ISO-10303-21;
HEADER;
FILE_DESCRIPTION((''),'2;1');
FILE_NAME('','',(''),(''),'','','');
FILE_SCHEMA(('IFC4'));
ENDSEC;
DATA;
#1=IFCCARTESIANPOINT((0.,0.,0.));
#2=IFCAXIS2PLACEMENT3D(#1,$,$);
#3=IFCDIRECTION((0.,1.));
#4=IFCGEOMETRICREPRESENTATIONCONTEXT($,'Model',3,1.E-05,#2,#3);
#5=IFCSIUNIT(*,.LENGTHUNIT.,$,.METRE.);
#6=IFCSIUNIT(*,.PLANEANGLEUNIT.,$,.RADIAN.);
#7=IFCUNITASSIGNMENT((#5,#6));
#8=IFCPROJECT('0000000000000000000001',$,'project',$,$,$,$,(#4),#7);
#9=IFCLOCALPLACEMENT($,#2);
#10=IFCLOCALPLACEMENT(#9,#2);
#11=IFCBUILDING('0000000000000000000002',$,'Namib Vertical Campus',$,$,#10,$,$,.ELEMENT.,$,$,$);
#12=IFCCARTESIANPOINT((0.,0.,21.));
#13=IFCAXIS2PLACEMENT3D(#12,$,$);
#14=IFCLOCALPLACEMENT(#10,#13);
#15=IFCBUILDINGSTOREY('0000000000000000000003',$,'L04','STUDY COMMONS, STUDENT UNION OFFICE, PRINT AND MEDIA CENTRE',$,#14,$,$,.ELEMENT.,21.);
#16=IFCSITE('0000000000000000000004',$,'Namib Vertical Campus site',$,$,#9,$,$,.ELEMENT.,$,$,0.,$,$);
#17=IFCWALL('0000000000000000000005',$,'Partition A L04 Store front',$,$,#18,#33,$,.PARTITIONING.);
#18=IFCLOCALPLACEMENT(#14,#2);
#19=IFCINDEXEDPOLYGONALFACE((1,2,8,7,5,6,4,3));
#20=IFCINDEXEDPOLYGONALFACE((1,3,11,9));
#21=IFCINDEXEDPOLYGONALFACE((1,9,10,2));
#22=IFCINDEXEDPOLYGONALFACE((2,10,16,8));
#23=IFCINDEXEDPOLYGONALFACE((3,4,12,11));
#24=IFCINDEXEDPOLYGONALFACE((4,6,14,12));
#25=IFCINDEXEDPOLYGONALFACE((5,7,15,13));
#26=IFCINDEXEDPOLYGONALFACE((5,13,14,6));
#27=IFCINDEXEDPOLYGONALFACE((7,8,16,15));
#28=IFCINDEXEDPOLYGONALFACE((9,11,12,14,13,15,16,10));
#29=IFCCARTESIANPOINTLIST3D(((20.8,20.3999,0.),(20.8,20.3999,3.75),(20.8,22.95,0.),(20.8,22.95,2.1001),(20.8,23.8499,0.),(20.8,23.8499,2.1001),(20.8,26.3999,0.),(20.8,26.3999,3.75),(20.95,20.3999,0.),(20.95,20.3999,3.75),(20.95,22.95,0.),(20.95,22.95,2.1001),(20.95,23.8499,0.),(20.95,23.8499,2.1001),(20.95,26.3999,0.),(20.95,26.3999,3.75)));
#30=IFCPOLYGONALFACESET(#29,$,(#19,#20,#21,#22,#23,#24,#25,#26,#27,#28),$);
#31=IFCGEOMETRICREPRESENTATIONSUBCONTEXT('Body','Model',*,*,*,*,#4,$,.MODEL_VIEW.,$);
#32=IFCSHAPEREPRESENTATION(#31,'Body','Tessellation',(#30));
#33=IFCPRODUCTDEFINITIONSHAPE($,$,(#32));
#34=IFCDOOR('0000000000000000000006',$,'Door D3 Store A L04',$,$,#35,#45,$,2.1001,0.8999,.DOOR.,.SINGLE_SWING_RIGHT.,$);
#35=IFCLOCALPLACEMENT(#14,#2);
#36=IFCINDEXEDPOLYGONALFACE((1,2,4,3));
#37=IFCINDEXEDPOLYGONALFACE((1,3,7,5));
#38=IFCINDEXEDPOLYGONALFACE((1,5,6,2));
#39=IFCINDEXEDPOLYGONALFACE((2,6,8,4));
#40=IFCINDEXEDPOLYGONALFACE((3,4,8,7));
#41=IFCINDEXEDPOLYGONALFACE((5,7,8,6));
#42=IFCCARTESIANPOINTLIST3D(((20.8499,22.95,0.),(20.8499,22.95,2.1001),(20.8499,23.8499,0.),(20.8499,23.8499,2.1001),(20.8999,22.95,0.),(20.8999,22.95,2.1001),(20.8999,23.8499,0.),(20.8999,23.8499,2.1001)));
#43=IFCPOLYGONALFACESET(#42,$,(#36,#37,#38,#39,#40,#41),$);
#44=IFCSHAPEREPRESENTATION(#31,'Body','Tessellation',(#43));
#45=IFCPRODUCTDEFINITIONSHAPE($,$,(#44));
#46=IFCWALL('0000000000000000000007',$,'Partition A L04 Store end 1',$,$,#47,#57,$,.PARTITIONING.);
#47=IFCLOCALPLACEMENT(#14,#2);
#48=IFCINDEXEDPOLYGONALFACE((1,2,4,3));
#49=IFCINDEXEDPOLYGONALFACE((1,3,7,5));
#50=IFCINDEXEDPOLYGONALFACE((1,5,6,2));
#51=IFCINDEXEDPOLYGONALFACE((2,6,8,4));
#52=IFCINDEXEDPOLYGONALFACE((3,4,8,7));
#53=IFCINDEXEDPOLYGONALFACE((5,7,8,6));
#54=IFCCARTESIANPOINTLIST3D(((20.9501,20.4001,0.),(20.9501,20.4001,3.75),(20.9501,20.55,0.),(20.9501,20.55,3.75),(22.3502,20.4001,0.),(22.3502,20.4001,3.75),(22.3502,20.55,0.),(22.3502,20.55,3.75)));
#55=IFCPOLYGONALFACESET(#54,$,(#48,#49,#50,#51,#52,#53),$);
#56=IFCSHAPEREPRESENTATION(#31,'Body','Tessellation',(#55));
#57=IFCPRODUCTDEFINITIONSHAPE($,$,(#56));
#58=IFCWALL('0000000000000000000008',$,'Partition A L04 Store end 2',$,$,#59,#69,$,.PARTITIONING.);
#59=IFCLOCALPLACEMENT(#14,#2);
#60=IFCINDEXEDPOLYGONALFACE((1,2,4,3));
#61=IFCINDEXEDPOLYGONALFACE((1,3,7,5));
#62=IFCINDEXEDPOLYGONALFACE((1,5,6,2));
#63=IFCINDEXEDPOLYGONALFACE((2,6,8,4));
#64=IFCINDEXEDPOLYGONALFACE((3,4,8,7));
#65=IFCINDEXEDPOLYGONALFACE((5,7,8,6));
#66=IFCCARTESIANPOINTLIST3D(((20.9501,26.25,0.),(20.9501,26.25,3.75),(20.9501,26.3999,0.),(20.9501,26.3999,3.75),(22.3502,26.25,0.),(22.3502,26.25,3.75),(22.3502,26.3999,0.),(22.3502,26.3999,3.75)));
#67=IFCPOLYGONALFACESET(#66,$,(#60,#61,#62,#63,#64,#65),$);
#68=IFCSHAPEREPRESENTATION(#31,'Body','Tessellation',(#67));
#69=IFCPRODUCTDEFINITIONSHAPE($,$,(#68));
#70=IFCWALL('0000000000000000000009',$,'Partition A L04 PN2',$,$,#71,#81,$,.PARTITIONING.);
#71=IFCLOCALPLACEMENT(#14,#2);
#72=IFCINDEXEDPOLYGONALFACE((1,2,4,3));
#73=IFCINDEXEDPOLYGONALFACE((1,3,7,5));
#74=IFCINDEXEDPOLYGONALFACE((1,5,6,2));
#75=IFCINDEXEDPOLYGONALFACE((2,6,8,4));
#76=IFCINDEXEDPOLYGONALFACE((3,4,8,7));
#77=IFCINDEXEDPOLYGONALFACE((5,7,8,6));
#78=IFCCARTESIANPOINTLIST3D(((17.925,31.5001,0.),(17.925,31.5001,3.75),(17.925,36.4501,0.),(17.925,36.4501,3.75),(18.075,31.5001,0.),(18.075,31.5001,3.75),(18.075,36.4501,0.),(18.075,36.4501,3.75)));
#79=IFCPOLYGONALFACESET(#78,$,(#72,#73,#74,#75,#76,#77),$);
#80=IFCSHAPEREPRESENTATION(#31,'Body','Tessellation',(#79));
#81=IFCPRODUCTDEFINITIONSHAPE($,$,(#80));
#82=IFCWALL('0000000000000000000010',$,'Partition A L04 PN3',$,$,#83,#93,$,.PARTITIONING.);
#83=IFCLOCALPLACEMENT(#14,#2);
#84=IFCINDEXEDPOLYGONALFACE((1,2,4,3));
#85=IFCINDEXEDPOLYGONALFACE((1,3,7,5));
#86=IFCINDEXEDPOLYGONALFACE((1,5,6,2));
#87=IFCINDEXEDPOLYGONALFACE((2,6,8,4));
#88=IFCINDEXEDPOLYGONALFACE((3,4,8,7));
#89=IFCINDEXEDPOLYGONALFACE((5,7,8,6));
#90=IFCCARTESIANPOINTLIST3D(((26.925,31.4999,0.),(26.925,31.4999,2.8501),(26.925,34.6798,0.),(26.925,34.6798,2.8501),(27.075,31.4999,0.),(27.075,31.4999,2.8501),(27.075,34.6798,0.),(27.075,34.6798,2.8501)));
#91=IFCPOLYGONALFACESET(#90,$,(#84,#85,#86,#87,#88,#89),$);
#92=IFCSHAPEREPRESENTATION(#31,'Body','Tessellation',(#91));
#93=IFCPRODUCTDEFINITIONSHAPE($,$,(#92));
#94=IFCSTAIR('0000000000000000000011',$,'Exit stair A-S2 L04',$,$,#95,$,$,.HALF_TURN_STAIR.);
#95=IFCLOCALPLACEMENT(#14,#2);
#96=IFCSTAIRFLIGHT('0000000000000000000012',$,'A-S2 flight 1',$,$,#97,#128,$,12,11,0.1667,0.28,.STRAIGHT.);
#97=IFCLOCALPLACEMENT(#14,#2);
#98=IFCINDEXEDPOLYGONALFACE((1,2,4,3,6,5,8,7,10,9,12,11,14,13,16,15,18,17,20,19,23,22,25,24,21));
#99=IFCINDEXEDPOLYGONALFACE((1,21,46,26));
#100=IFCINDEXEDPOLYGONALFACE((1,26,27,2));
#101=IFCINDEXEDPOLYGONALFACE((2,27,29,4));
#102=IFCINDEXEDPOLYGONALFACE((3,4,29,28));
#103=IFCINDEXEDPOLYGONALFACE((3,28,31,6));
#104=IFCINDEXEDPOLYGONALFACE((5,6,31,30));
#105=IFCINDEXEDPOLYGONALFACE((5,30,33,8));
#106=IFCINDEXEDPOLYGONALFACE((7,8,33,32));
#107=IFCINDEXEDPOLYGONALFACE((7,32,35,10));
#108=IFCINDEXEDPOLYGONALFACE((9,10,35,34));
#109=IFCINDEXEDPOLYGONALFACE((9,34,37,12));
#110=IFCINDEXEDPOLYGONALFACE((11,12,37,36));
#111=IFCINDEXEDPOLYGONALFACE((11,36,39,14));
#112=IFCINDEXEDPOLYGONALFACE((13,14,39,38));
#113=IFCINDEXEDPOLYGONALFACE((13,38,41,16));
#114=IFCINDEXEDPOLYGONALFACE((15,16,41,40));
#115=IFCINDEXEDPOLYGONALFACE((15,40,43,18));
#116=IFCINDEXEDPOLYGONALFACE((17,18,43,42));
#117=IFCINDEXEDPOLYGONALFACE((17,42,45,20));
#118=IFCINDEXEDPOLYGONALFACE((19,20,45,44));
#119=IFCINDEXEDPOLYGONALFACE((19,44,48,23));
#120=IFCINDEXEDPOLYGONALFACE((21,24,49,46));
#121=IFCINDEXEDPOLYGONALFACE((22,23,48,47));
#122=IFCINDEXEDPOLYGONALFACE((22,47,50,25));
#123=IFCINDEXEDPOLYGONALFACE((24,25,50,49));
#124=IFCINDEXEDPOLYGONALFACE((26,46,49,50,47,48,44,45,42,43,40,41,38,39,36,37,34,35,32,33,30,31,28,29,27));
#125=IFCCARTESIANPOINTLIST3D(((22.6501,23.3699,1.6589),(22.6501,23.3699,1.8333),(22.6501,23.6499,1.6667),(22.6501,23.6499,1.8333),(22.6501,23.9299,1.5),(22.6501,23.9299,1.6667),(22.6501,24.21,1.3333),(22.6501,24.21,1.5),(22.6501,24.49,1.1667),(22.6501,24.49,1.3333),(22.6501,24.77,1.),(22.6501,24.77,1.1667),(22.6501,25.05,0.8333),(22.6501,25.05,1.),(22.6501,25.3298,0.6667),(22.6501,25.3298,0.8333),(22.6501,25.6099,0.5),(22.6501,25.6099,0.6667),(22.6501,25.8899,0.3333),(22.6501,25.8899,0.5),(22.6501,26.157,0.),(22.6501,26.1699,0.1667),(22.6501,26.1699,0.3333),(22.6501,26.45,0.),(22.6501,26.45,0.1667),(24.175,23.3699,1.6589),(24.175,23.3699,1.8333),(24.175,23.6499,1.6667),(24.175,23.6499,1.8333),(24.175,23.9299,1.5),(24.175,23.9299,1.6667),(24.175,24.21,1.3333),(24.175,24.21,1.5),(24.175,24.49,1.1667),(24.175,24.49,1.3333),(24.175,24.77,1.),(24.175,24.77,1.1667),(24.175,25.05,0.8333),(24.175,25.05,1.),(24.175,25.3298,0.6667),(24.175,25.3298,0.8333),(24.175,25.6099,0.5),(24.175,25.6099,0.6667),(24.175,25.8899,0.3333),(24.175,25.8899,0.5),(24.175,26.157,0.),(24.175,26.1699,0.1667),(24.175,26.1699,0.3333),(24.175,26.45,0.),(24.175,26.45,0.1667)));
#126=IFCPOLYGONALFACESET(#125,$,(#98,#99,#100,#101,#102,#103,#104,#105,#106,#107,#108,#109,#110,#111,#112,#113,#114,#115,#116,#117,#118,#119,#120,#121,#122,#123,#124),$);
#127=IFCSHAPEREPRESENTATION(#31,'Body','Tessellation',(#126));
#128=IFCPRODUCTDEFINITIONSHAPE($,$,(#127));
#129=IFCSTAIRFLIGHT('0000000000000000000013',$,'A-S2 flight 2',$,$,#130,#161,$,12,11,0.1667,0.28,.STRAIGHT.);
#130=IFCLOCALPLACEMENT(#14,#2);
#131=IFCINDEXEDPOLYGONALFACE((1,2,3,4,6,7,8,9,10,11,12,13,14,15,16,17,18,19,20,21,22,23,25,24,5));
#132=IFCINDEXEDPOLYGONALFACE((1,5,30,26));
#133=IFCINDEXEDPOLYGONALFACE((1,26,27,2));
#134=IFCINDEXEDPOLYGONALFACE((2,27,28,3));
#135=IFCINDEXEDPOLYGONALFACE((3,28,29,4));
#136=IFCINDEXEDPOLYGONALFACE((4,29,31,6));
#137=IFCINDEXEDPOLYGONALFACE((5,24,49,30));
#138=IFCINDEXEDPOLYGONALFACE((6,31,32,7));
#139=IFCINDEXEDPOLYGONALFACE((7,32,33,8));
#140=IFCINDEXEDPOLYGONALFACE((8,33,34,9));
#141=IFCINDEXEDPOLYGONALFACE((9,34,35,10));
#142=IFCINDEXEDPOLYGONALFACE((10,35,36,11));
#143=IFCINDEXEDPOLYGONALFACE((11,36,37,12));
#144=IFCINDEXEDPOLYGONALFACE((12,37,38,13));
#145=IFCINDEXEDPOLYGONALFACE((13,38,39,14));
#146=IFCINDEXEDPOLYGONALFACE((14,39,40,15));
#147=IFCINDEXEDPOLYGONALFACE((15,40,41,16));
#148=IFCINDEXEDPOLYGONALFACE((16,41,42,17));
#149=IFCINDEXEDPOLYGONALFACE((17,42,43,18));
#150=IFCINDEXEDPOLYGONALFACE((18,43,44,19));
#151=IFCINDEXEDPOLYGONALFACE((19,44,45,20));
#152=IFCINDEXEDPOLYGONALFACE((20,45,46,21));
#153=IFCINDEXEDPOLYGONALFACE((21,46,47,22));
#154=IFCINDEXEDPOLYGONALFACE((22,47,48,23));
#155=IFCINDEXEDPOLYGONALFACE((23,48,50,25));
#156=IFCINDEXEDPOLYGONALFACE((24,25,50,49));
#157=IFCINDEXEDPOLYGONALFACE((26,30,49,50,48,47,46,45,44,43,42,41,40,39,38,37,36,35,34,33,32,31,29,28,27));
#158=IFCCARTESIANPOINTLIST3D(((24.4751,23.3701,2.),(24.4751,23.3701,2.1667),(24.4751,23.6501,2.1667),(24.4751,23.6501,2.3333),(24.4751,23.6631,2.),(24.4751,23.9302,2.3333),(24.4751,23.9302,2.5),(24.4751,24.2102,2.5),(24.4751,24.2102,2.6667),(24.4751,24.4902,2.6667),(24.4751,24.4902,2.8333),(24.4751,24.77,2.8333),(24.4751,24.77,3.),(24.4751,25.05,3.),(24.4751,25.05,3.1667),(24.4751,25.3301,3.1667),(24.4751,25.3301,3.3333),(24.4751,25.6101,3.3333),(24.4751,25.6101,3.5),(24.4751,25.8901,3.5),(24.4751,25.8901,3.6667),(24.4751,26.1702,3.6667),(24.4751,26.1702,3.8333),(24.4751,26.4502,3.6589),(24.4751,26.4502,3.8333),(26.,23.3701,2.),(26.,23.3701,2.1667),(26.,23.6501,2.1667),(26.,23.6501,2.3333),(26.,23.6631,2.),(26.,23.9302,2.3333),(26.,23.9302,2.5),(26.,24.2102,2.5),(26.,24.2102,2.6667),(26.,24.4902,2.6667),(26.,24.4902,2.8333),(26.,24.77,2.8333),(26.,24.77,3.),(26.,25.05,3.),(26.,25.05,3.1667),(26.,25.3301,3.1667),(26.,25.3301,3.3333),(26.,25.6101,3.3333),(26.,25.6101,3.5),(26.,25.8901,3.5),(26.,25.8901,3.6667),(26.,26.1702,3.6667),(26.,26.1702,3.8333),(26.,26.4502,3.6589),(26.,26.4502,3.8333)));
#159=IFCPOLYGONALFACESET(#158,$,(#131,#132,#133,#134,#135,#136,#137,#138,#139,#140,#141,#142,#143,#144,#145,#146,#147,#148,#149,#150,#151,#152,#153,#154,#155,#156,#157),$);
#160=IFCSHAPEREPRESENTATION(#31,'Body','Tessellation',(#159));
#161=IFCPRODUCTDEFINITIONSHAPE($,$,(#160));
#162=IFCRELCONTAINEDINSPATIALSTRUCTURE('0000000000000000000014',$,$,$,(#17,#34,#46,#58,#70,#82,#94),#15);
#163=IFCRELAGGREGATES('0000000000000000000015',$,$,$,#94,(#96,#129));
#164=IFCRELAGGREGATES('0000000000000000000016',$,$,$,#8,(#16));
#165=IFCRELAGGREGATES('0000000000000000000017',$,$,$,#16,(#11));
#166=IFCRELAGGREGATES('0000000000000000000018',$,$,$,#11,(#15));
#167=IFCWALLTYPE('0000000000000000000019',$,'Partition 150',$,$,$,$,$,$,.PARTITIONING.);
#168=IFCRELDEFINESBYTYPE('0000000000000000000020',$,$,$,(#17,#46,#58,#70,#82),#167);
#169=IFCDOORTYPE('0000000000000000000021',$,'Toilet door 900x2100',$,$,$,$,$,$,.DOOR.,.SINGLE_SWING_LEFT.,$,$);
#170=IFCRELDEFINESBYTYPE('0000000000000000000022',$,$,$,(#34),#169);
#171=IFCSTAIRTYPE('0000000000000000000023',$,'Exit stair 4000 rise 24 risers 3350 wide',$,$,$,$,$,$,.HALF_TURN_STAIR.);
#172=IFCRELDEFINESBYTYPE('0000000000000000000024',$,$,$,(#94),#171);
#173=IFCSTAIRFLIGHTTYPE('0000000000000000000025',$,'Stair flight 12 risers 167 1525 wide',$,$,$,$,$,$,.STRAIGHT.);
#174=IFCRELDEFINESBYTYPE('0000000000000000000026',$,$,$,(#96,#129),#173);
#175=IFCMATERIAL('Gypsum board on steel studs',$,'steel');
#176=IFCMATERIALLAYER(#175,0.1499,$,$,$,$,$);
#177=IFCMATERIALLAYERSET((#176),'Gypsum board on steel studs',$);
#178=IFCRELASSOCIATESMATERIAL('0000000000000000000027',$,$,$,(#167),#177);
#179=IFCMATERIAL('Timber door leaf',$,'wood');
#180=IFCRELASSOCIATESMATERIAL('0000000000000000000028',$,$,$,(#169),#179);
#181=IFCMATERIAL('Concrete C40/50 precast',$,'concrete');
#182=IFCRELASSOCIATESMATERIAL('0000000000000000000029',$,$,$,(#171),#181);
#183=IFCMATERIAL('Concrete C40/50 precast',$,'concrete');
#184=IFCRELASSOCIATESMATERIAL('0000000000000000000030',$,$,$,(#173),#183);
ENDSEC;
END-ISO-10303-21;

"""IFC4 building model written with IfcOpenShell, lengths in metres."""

from ifc_helpers import new_model, si_unit, direction, frame, frame_2d, origin, place, context, subcontext, project, spatial, polyline, rectangle, outline, extrude, material, layer, layer_set, type_object, element, fill, aggregate, save


model = new_model("IFC4")

# Units and contexts
model_context = context("Model", 3, precision=1e-05, world=origin(), true_north=direction((0.0, 1.0)))
body_context = subcontext(model_context, "Body", "Model", "MODEL_VIEW")
ifc_project = project(units=[si_unit("LENGTHUNIT", "METRE"), si_unit("PLANEANGLEUNIT", "RADIAN")], contexts=[model_context])

# Site, building, storey
site_placement = place(None, origin())
site = spatial("IfcSite", under=ifc_project, at=site_placement, Name="Namib Vertical Campus site", CompositionType="ELEMENT", RefElevation=0.0)
building_placement = place(site_placement, origin())
building = spatial("IfcBuilding", under=site, at=building_placement, Name="Namib Vertical Campus", CompositionType="ELEMENT")
storey_placement = place(building_placement, frame((0.0, 0.0, 21.0)))
storey = spatial("IfcBuildingStorey", under=building, at=storey_placement, Name="L04", Description="STUDY COMMONS, STUDENT UNION OFFICE, PRINT AND MEDIA CENTRE", CompositionType="ELEMENT", Elevation=21.0)

# Wall, opening, door
ifc_material_1 = material(Name="Gypsum board on steel studs", Category="steel")
ifc_layer_1 = layer(ifc_material_1, 0.1499)
ifc_layer_set_1 = layer_set([ifc_layer_1], Name="Gypsum board on steel studs")
wall_type_1 = type_object("IfcWallType", Name="Partition 150", PredefinedType="PARTITIONING", material=ifc_layer_set_1)
wall_1_placement = place(storey_placement, frame((20.875, 20.3999, 0.0), z_axis=(0.0, 0.0, 1.0), x_axis=(0.0, 1.0, 0.0)))
wall_1 = element("IfcWall", 1, at=wall_1_placement, inside=storey, type_object=wall_type_1, Name="Partition A L04 Store front", PredefinedType="PARTITIONING", context=body_context, shape_type="SweptSolid", body=[
    extrude(rectangle(XDim=6.0, YDim=0.1499, at=frame_2d((3.0, 0.0))), origin(), (0.0, 0.0, 1.0), 3.75),
])
opening_1_placement = place(wall_1_placement, frame((2.55, 0.0, 0.0)))
opening_1 = element("IfcOpeningElement", 2, at=opening_1_placement, cuts=wall_1, PredefinedType="OPENING", context=body_context, shape_type="SweptSolid", body=[
    extrude(rectangle(XDim=0.8999, YDim=2.1001, at=frame_2d((0.45, 1.05))), frame((0.0, 0.085, 0.0), z_axis=(0.0, -1.0, 0.0), x_axis=(1.0, 0.0, 0.0)), (0.0, 0.0, 1.0), 0.1699),
])
ifc_material_2 = material(Name="Timber door leaf", Category="wood")
door_type_1 = type_object("IfcDoorType", Name="Toilet door 900x2100", OperationType="SINGLE_SWING_LEFT", PredefinedType="DOOR", material=ifc_material_2)
door_1_placement = place(opening_1_placement, frame((0.8999, 0.0, 0.0), z_axis=(0.0, 0.0, 1.0), x_axis=(-1.0, 0.0, 0.0)))
door_1 = element("IfcDoor", 3, at=door_1_placement, inside=storey, type_object=door_type_1, Name="Door D3 Store A L04", OperationType="SINGLE_SWING_RIGHT", OverallHeight=2.1001, OverallWidth=0.8999, PredefinedType="DOOR", context=body_context, shape_type="SweptSolid", body=[
    extrude(rectangle(XDim=0.8999, YDim=2.1001, at=frame_2d((0.45, 1.05))), frame((0.0, 0.0249, 0.0), z_axis=(0.0, -1.0, 0.0), x_axis=(1.0, 0.0, 0.0)), (0.0, 0.0, 1.0), 0.05),
])
fill(opening_1, door_1)

# Walls
for number, where, z_axis, x_axis, name in (
    (4, (20.95, 20.4751, 0.0), (0.0, 0.0, 1.0), (1.0, 0.0, 0.0), "Partition A L04 Store end 1"),
    (5, (20.95, 26.325, 0.0), (0.0, 0.0, 1.0), (1.0, 0.0, 0.0), "Partition A L04 Store end 2"),
):
    element("IfcWall", number, at=place(storey_placement, frame(where, z_axis=z_axis, x_axis=x_axis)), inside=storey, type_object=wall_type_1, Name=name, PredefinedType="PARTITIONING", context=body_context, shape_type="SweptSolid", body=[
        extrude(rectangle(XDim=1.4001, YDim=0.1499, at=frame_2d((0.7002, 0.0))), origin(), (0.0, 0.0, 1.0), 3.75),
    ])
wall_2_placement = place(storey_placement, frame((18.0, 31.5, 0.0), z_axis=(0.0, 0.0, 1.0), x_axis=(0.0, 1.0, 0.0)))
element("IfcWall", 6, at=wall_2_placement, inside=storey, type_object=wall_type_1, Name="Partition A L04 PN2", PredefinedType="PARTITIONING", context=body_context, shape_type="SweptSolid", body=[
    extrude(rectangle(XDim=4.95, YDim=0.1499, at=frame_2d((2.4751, 0.0))), origin(), (0.0, 0.0, 1.0), 3.75),
])
wall_3_placement = place(storey_placement, frame((27.0, 31.5, 0.0), z_axis=(0.0, 0.0, 1.0), x_axis=(0.0, 1.0, 0.0)))
element("IfcWall", 7, at=wall_3_placement, inside=storey, type_object=wall_type_1, Name="Partition A L04 PN3", PredefinedType="PARTITIONING", context=body_context, shape_type="SweptSolid", body=[
    extrude(rectangle(XDim=3.1799, YDim=0.1499, at=frame_2d((1.5898, 0.0))), origin(), (0.0, 0.0, 1.0), 2.8501),
])

# Stair, stair flights
ifc_material_3 = material(Name="Concrete C40/50 precast", Category="concrete")
stair_type = type_object("IfcStairType", Name="Exit stair 4000 rise 24 risers 3350 wide", PredefinedType="HALF_TURN_STAIR", material=ifc_material_3)
stair_placement = place(storey_placement, origin())
stair = element("IfcStair", 8, at=stair_placement, inside=storey, type_object=stair_type, Name="Exit stair A-S2 L04", PredefinedType="HALF_TURN_STAIR")
ifc_material_4 = material(Name="Concrete C40/50 precast", Category="concrete")
stair_flight_type = type_object("IfcStairFlightType", Name="Stair flight 12 risers 167 1525 wide", PredefinedType="STRAIGHT", material=ifc_material_4)
stair_flight_1_placement = place(storey_placement, frame((23.4126, 26.45, 0.0), z_axis=(0.0, 0.0, 1.0), x_axis=(0.0, -1.0, 0.0)))
stair_flight_1 = element("IfcStairFlight", 9, at=stair_flight_1_placement, type_object=stair_flight_type, Name="A-S2 flight 1", NumberOfRisers=12, NumberOfTreads=11, PredefinedType="STRAIGHT", RiserHeight=0.1667, TreadLength=0.28, context=body_context, shape_type="SweptSolid", body=[
    extrude(outline(polyline([(0.0, 0.0), (0.0, 0.1667), (0.28, 0.1667), (0.28, 0.3333), (0.5601, 0.3333), (0.5601, 0.5), (0.8401, 0.5), (0.8401, 0.6667), (1.1201, 0.6667), (1.1201, 0.8333), (1.3999, 0.8333), (1.3999, 1.0), (1.6799, 1.0), (1.6799, 1.1667), (1.96, 1.1667), (1.96, 1.3333), (2.24, 1.3333), (2.24, 1.5), (2.52, 1.5), (2.52, 1.6667), (2.8, 1.6667), (2.8, 1.8333), (3.0801, 1.8333), (3.0801, 2.0), (3.0801, 1.6589), (0.293, 0.0), (0.0, 0.0)])), frame((0.0, 0.7625, 0.0), z_axis=(0.0, -1.0, 0.0), x_axis=(1.0, 0.0, 0.0)), (0.0, 0.0, 1.0), 1.5249),
])
stair_flight_2_placement = place(storey_placement, frame((25.2375, 23.3701, 2.0), z_axis=(0.0, 0.0, 1.0), x_axis=(0.0, 1.0, 0.0)))
stair_flight_2 = element("IfcStairFlight", 10, at=stair_flight_2_placement, type_object=stair_flight_type, Name="A-S2 flight 2", NumberOfRisers=12, NumberOfTreads=11, PredefinedType="STRAIGHT", RiserHeight=0.1667, TreadLength=0.28, context=body_context, shape_type="SweptSolid", body=[
    extrude(outline(polyline([(0.0, 0.0), (0.0, 0.1667), (0.28, 0.1667), (0.28, 0.3333), (0.5601, 0.3333), (0.5601, 0.5), (0.8401, 0.5), (0.8401, 0.6667), (1.1201, 0.6667), (1.1201, 0.8333), (1.3999, 0.8333), (1.3999, 1.0), (1.6799, 1.0), (1.6799, 1.1667), (1.96, 1.1667), (1.96, 1.3333), (2.24, 1.3333), (2.24, 1.5), (2.52, 1.5), (2.52, 1.6667), (2.8, 1.6667), (2.8, 1.8333), (3.0801, 1.8333), (3.0801, 2.0), (3.0801, 1.6589), (0.293, 0.0), (0.0, 0.0)])), frame((0.0, 0.7625, 0.0), z_axis=(0.0, -1.0, 0.0), x_axis=(1.0, 0.0, 0.0)), (0.0, 0.0, 1.0), 1.5249),
])
aggregate(stair, [stair_flight_1, stair_flight_2])

save(model, "model.ifc")
